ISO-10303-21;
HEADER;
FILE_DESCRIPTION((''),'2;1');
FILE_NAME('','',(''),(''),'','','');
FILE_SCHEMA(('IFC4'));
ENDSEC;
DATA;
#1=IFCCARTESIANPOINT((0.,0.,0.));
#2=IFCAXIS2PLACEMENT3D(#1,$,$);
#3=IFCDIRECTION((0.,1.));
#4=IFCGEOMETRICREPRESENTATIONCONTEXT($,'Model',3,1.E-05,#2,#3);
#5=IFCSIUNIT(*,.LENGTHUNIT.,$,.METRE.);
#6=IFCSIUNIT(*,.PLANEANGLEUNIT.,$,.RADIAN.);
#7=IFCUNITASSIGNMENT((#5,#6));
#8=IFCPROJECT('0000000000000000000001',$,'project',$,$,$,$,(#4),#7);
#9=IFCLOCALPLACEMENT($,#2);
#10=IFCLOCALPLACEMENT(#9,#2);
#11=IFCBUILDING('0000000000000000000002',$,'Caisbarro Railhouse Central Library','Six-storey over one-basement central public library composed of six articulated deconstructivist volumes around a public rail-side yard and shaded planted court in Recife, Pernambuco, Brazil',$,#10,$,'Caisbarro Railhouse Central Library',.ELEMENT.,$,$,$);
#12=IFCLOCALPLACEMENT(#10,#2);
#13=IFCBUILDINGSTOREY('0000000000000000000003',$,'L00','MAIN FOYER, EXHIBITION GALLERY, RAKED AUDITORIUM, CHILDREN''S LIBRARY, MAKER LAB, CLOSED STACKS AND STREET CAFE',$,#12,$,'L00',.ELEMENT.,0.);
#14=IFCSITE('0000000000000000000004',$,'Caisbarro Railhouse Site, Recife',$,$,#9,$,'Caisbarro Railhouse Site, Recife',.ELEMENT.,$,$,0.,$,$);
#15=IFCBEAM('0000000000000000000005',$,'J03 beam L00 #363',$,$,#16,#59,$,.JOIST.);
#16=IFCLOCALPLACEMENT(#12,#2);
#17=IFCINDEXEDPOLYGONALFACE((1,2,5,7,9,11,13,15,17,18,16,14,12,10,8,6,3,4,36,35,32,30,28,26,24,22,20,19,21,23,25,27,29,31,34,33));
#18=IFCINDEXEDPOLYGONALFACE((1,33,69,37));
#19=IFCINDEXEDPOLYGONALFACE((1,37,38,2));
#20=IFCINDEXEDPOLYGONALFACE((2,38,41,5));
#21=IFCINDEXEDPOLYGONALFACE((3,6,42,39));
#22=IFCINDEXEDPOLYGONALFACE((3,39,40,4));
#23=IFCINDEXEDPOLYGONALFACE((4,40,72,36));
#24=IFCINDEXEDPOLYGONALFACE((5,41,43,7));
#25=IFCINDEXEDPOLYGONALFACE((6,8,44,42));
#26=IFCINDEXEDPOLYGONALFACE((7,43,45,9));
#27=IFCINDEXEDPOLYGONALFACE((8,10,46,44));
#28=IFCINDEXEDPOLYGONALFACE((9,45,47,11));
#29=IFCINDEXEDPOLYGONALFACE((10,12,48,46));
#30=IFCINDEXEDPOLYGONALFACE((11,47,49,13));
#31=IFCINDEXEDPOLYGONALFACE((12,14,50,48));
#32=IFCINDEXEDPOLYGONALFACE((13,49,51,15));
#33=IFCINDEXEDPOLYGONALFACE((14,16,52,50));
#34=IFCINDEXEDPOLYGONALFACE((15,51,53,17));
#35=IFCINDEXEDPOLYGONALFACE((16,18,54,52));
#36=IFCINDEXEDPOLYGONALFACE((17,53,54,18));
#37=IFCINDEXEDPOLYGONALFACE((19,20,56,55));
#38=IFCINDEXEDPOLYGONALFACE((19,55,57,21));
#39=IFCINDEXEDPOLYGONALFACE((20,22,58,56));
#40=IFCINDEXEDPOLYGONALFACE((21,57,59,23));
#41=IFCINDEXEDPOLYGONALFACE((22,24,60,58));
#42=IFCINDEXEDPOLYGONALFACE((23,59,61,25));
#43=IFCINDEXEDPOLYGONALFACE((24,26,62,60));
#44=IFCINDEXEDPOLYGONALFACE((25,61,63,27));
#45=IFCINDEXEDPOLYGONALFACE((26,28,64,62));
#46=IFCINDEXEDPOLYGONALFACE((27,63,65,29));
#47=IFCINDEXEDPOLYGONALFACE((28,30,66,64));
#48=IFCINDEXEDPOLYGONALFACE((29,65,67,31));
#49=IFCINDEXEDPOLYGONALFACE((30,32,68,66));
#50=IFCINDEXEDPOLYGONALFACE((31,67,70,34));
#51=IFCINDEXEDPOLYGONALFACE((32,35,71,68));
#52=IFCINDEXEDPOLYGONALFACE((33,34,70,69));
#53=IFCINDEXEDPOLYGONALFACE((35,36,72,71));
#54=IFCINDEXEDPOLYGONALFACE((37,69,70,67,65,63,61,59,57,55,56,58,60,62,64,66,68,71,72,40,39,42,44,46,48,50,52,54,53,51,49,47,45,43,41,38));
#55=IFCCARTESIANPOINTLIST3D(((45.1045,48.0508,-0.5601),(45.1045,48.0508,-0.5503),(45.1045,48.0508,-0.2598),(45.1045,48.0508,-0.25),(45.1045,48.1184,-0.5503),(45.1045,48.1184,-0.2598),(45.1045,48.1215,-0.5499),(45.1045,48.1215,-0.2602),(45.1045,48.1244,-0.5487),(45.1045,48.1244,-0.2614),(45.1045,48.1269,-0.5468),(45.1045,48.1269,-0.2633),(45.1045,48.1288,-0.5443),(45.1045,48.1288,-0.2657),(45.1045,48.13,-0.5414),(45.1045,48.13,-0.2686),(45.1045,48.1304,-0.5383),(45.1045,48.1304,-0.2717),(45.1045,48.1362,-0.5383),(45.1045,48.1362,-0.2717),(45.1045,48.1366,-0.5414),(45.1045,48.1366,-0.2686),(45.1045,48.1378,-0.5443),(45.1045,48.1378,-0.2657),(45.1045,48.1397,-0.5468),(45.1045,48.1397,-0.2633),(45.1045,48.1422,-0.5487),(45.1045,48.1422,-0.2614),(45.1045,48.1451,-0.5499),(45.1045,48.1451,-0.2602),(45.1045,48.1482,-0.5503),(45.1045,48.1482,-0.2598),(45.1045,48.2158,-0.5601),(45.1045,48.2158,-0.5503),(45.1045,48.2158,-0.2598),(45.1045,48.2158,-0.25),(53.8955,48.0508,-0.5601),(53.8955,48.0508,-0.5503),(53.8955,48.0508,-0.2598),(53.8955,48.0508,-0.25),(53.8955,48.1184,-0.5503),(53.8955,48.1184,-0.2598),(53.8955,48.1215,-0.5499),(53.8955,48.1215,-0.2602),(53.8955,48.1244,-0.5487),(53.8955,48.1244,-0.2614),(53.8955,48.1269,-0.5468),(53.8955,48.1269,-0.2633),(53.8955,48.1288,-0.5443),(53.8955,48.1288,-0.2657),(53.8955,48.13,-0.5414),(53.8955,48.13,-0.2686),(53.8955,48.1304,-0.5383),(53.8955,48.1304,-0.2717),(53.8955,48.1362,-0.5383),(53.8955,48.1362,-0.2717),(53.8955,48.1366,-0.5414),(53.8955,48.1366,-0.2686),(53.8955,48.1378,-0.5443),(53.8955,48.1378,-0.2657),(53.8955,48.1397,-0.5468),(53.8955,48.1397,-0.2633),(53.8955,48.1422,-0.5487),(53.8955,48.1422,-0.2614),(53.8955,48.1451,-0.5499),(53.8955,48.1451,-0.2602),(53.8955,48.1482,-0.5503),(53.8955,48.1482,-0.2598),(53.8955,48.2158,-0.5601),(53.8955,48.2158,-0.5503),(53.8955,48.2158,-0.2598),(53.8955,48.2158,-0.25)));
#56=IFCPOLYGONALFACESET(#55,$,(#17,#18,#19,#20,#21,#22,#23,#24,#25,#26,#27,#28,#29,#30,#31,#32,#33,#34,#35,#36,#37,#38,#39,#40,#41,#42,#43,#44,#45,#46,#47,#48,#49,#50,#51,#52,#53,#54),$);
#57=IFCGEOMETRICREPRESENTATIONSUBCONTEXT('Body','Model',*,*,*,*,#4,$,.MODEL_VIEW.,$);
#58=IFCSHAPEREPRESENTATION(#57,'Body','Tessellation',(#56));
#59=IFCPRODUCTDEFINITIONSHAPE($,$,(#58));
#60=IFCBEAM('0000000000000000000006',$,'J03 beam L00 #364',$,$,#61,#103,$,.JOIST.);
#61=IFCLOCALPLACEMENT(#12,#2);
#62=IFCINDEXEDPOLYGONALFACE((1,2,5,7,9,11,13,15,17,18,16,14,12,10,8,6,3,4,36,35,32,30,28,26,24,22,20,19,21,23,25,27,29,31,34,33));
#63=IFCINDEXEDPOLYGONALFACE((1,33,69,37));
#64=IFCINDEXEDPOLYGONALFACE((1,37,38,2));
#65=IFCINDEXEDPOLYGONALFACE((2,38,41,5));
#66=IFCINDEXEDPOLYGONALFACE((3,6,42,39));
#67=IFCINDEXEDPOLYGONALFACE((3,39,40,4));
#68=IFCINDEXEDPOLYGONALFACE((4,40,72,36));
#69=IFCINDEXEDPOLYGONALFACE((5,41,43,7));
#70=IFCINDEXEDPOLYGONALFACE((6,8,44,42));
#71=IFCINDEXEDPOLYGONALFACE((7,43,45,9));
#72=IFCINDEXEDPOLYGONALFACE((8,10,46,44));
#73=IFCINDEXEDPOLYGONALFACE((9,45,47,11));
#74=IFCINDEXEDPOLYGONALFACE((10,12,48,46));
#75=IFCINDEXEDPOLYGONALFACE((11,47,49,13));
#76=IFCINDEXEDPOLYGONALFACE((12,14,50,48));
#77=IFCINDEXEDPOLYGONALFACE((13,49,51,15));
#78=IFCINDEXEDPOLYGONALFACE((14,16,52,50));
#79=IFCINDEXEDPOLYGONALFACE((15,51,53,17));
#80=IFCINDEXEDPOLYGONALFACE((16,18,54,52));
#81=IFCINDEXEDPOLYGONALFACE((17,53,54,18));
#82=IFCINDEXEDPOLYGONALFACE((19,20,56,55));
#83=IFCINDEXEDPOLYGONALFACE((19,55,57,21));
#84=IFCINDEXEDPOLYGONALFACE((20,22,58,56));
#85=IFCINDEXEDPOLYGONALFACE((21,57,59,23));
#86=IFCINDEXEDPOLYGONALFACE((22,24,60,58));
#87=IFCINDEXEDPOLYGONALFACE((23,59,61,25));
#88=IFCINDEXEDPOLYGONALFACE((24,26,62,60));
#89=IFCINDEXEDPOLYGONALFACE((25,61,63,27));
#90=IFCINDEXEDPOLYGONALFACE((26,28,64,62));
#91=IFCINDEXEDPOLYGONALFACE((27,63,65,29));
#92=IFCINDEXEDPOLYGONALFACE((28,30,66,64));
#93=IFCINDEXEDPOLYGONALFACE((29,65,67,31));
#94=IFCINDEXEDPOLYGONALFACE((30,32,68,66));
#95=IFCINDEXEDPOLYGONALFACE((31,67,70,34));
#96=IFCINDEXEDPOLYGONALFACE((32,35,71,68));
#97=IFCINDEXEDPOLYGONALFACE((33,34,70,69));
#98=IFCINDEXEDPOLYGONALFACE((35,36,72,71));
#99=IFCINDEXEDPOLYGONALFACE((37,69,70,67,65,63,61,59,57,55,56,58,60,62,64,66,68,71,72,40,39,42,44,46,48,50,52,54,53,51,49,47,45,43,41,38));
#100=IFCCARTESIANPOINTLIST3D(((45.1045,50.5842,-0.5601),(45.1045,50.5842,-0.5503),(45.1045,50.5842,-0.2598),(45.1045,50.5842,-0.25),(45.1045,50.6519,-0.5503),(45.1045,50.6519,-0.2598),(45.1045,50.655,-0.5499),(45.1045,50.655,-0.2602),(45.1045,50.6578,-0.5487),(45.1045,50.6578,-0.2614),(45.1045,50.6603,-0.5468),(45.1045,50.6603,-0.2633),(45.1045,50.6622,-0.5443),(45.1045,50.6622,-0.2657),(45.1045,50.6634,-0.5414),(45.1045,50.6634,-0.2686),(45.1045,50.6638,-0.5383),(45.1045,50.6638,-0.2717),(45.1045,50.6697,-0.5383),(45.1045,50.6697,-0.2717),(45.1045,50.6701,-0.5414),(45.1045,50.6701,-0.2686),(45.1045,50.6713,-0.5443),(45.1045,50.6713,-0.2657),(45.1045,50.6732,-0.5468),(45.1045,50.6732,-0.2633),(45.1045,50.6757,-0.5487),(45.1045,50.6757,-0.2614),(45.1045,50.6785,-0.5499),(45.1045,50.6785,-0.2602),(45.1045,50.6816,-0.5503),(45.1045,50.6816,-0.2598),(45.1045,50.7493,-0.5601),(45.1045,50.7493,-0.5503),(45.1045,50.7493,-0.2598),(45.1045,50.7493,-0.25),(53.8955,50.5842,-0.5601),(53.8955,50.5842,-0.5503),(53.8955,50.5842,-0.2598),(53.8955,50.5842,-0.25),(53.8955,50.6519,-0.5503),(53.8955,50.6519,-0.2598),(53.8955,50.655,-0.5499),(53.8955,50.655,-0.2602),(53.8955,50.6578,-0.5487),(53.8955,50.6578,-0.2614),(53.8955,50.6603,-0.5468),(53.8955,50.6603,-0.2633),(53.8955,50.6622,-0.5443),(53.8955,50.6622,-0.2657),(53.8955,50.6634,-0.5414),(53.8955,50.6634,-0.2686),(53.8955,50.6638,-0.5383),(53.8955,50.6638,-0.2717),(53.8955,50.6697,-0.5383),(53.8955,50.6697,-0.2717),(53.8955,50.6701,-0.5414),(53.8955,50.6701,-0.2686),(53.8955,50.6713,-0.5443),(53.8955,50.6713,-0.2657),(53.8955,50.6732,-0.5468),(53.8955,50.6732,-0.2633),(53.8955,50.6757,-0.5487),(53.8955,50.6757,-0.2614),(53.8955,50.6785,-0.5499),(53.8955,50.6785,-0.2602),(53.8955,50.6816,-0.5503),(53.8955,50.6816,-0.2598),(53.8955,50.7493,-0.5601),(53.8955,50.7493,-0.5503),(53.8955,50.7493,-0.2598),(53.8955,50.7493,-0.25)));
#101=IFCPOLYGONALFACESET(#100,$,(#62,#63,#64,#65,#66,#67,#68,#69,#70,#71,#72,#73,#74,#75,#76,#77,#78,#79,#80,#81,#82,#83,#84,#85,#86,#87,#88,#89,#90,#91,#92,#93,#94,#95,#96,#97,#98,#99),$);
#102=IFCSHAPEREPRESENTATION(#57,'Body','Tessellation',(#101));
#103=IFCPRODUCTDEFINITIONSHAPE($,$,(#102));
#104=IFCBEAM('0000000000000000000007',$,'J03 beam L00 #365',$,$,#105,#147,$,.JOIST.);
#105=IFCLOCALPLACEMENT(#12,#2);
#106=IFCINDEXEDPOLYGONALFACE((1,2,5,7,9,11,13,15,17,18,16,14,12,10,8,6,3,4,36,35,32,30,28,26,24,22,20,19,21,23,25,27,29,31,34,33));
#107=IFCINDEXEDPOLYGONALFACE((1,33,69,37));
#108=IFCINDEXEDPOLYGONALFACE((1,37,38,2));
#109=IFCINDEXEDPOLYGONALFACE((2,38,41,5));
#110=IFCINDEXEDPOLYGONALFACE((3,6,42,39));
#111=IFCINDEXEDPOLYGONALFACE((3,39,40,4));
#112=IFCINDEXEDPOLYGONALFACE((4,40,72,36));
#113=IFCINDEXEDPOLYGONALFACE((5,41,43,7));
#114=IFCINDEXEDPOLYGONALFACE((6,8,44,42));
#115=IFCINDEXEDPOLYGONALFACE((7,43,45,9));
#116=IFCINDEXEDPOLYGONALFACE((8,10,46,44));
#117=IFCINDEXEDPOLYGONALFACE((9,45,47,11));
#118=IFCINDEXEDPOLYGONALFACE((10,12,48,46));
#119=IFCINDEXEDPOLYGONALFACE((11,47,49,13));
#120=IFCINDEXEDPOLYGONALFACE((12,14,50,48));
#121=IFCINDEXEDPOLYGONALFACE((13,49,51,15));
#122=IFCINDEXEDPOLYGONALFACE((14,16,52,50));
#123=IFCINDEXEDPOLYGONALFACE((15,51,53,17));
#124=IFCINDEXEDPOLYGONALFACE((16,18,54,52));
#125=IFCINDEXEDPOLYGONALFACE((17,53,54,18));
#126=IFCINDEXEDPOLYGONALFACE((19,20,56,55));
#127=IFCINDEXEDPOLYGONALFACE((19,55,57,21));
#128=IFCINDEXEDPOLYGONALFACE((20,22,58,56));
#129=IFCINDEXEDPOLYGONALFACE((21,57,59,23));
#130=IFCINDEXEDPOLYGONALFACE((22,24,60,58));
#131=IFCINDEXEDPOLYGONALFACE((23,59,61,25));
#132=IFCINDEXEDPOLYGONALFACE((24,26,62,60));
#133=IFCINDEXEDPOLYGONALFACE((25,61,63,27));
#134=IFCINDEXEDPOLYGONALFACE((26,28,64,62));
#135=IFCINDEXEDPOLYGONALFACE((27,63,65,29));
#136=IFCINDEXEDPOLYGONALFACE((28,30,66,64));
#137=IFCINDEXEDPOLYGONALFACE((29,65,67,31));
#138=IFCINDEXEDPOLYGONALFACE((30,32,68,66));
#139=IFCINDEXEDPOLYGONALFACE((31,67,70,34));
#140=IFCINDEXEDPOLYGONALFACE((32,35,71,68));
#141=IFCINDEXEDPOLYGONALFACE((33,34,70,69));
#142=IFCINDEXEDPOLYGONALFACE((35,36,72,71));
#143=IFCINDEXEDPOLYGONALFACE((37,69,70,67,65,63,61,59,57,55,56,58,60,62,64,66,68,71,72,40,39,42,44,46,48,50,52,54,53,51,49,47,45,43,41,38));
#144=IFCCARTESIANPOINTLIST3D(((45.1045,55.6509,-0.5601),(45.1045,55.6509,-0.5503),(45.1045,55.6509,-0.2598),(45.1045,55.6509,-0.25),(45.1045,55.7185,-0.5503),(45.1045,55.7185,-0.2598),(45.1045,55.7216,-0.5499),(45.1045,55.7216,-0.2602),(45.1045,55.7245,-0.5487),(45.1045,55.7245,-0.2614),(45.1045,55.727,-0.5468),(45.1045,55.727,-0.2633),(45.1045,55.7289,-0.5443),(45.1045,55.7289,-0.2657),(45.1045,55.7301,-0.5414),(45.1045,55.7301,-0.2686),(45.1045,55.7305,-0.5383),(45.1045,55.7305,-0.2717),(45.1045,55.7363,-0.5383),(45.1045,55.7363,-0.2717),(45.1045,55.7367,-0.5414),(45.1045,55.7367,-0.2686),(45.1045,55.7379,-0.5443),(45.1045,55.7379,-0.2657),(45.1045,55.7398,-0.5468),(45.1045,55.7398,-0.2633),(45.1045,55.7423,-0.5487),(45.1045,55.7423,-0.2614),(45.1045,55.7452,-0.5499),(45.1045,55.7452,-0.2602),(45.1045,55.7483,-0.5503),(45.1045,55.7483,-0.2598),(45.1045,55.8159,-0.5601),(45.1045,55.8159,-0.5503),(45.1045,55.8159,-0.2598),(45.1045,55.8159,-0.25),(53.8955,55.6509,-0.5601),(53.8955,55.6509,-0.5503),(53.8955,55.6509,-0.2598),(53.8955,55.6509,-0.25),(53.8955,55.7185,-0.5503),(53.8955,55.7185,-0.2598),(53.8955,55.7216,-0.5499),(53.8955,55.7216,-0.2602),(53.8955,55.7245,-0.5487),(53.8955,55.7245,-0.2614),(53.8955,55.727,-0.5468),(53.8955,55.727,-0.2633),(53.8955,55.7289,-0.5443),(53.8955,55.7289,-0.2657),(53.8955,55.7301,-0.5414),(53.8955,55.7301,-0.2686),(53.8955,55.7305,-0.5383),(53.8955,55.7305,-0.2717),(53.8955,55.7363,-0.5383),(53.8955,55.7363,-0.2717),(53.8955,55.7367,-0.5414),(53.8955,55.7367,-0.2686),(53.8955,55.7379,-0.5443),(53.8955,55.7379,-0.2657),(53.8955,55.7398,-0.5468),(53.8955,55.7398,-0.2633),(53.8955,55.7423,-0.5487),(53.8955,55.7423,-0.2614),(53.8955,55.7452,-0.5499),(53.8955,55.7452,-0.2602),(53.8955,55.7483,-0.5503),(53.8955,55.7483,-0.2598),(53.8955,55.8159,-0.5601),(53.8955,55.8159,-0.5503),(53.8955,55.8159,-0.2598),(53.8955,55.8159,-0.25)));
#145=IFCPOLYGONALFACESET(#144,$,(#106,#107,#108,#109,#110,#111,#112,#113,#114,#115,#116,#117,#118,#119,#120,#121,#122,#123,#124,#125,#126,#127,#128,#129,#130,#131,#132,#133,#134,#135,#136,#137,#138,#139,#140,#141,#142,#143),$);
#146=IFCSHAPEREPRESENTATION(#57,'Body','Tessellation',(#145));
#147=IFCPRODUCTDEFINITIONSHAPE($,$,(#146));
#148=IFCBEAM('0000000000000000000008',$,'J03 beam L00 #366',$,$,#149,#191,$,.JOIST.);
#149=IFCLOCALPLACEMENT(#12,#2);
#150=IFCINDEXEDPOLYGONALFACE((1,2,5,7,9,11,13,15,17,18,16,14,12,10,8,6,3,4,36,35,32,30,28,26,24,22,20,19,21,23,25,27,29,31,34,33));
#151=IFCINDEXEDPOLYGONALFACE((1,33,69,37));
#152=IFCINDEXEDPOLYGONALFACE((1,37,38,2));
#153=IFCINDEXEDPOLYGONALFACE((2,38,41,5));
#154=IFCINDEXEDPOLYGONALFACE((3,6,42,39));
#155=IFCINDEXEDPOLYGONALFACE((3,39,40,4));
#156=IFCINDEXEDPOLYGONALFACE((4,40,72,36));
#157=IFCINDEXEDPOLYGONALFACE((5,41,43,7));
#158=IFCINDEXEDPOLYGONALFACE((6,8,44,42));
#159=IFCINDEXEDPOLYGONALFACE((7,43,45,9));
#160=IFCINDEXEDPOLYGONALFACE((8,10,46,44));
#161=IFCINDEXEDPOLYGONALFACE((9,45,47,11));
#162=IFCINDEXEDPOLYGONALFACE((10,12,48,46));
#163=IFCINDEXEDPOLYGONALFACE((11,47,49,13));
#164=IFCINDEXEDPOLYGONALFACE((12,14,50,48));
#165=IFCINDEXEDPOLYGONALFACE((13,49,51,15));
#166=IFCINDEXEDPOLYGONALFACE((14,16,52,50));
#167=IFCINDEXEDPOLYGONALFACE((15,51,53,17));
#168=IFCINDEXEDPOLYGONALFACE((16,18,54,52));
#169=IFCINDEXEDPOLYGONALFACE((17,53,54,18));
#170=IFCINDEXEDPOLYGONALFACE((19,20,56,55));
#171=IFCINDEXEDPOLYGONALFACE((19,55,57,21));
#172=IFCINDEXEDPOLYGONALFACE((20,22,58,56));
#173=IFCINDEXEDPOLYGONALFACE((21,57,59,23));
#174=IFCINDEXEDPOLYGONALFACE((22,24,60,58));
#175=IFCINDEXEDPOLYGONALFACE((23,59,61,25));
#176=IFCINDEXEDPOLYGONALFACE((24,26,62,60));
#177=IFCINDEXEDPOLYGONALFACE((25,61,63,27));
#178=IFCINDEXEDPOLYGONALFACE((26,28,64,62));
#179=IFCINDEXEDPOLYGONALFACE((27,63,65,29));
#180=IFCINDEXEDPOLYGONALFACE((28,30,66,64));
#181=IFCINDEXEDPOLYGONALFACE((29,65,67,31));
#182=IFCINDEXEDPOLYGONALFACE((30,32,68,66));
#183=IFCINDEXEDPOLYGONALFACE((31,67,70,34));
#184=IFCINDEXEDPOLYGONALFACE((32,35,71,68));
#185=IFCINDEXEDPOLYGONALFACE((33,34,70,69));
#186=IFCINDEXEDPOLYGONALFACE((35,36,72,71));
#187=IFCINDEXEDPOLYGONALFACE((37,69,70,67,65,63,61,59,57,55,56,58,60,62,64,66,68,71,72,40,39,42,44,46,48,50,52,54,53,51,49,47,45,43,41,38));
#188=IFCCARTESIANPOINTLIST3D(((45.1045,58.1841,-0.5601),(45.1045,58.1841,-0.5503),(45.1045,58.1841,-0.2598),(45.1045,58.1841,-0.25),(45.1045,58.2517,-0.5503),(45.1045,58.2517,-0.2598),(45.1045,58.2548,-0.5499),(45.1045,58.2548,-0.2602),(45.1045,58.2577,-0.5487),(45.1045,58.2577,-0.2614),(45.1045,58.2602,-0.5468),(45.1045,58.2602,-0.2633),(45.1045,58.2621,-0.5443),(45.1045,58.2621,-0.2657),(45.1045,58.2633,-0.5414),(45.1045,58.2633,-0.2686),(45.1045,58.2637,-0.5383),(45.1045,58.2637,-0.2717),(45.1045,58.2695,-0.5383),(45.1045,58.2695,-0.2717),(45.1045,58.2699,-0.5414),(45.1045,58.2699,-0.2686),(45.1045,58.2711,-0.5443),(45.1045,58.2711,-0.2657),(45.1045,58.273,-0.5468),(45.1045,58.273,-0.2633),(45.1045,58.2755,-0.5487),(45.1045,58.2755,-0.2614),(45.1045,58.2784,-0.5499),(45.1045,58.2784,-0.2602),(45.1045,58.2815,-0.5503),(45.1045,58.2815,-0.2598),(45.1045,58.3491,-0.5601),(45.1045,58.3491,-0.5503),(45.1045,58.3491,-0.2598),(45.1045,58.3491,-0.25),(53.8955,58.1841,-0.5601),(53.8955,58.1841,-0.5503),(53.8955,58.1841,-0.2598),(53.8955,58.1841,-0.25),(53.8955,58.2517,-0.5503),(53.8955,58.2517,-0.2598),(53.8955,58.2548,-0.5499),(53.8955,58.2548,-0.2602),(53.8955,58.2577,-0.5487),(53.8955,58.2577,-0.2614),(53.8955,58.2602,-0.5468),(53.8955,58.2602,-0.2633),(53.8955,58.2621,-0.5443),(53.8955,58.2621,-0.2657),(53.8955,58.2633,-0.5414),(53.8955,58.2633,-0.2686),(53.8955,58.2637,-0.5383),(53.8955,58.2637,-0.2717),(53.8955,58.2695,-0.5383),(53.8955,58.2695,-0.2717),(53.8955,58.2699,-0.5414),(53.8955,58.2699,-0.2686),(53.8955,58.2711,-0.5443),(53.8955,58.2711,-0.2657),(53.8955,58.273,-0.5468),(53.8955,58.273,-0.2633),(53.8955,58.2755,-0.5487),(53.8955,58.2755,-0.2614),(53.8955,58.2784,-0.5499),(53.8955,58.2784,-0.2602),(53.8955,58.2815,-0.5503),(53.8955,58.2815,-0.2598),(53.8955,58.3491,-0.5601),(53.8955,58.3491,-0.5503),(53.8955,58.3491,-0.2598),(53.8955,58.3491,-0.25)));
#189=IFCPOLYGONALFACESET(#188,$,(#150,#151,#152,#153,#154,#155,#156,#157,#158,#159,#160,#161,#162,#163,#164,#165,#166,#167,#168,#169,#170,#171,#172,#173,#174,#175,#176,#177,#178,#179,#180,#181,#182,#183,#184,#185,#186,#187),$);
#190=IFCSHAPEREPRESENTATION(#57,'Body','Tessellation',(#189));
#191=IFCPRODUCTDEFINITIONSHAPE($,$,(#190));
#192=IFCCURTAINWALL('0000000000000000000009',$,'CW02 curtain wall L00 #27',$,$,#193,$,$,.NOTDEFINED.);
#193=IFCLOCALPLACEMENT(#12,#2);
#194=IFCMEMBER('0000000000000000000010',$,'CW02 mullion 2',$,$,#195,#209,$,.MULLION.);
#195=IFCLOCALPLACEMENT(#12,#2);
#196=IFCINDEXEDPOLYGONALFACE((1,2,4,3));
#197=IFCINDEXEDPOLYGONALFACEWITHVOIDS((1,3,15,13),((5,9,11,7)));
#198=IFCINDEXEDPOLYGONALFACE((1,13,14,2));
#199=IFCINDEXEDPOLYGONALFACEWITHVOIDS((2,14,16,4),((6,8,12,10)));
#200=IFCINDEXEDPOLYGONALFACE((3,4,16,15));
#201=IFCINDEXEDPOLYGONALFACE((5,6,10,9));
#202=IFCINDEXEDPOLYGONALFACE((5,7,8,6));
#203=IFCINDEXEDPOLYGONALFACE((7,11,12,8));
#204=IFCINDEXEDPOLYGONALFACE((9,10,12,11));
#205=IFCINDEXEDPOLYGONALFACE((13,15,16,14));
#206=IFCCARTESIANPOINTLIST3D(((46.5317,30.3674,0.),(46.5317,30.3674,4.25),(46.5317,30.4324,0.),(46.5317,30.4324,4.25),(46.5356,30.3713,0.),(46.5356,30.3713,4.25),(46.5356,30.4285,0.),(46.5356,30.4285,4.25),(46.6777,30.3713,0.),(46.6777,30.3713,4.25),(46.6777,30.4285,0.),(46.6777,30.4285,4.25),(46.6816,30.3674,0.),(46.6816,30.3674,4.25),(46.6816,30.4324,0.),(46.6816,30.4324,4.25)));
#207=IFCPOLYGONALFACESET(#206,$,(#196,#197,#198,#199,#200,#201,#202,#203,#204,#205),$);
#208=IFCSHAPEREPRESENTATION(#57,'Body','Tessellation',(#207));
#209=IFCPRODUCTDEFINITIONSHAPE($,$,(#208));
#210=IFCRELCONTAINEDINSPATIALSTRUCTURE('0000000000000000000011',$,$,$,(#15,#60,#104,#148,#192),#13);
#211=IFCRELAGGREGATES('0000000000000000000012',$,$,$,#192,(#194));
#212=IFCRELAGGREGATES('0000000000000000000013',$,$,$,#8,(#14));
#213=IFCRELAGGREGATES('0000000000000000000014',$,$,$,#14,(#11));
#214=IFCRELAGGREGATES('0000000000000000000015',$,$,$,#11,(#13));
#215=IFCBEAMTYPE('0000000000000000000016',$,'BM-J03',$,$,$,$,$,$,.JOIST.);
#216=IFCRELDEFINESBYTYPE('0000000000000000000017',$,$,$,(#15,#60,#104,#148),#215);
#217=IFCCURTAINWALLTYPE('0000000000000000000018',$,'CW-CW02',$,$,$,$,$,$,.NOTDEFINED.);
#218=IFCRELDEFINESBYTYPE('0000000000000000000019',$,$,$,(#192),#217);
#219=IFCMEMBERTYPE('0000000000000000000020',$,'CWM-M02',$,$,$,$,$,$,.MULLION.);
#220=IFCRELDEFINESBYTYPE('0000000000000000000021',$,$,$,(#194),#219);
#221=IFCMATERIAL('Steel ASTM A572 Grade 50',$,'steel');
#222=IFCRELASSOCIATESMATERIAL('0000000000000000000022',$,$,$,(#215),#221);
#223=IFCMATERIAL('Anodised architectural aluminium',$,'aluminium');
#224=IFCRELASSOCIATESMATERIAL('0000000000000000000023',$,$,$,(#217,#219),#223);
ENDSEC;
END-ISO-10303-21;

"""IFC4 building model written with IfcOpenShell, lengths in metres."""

from ifc_helpers import new_model, si_unit, direction, frame, origin, origin_2d, place, context, subcontext, project, spatial, hollow_rectangle, i_section, extrude, material, material_profile, profile_set, type_object, element, aggregate, save


model = new_model("IFC4")

# Units and contexts
model_context = context("Model", 3, precision=1e-05, world=origin(), true_north=direction((0.0, 1.0)))
body_context = subcontext(model_context, "Body", "Model", "MODEL_VIEW")
ifc_project = project(units=[si_unit("LENGTHUNIT", "METRE"), si_unit("PLANEANGLEUNIT", "RADIAN")], contexts=[model_context])

# Site, building, storey
site_placement = place(None, origin())
site = spatial("IfcSite", under=ifc_project, at=site_placement, Name="Caisbarro Railhouse Site, Recife", LongName="Caisbarro Railhouse Site, Recife", CompositionType="ELEMENT", RefElevation=0.0)
building_placement = place(site_placement, origin())
building = spatial("IfcBuilding", under=site, at=building_placement, Name="Caisbarro Railhouse Central Library", Description="Six-storey over one-basement central public library composed of six articulated deconstructivist volumes around a public rail-side yard and shaded planted court in Recife, Pernambuco, Brazil", LongName="Caisbarro Railhouse Central Library", CompositionType="ELEMENT")
storey_placement = place(building_placement, origin())
storey = spatial("IfcBuildingStorey", under=building, at=storey_placement, Name="L00", Description="MAIN FOYER, EXHIBITION GALLERY, RAKED AUDITORIUM, CHILDREN'S LIBRARY, MAKER LAB, CLOSED STACKS AND STREET CAFE", LongName="L00", CompositionType="ELEMENT", Elevation=0.0)

# Shared definitions
ifc_material_1 = material(Name="Steel ASTM A572 Grade 50", Category="steel")

# Beams
ifc_material_profile_1 = material_profile(ifc_material_1, i_section(OverallWidth=0.165, OverallDepth=0.3101, WebThickness=0.0059, FlangeThickness=0.0098, FilletRadius=0.012, at=origin_2d()), Name="W310X38.7")
ifc_profile_set_1 = profile_set([ifc_material_profile_1], Name="Steel ASTM A572 Grade 50")
beam_type_1 = type_object("IfcBeamType", Name="BM-J03", PredefinedType="JOIST", material=ifc_profile_set_1)
for number, where, z_axis, x_axis, name in (
    (1, (45.1045, 48.1333, -0.405), (1.0, 0.0, 0.0), (0.0, 1.0, 0.0), "J03 beam L00 #363"),
    (2, (45.1045, 50.6667, -0.405), (1.0, 0.0, 0.0), (0.0, 1.0, 0.0), "J03 beam L00 #364"),
    (3, (45.1045, 55.7334, -0.405), (1.0, 0.0, 0.0), (0.0, 1.0, 0.0), "J03 beam L00 #365"),
    (4, (45.1045, 58.2666, -0.405), (1.0, 0.0, 0.0), (0.0, 1.0, 0.0), "J03 beam L00 #366"),
):
    element("IfcBeam", number, at=place(storey_placement, frame(where, z_axis=z_axis, x_axis=x_axis)), inside=storey, type_object=beam_type_1, Name=name, PredefinedType="JOIST", context=body_context, shape_type="SweptSolid", body=[
        extrude(i_section(OverallWidth=0.165, OverallDepth=0.3101, WebThickness=0.0059, FlangeThickness=0.0098, FilletRadius=0.012, at=origin_2d()), origin(), (0.0, 0.0, 1.0), 8.791),
    ])

# Curtain wall, member
ifc_material_2 = material(Name="Anodised architectural aluminium", Category="aluminium")
curtain_wall_type = type_object("IfcCurtainWallType", Name="CW-CW02", PredefinedType="NOTDEFINED", material=ifc_material_2)
curtain_wall_placement = place(storey_placement, origin())
curtain_wall = element("IfcCurtainWall", 5, at=curtain_wall_placement, inside=storey, type_object=curtain_wall_type, Name="CW02 curtain wall L00 #27", PredefinedType="NOTDEFINED")
ifc_material_profile_2 = material_profile(ifc_material_2, hollow_rectangle(XDim=0.0649, YDim=0.1499, WallThickness=0.0039, at=origin_2d()), Name="ALU-MUL-65X150")
ifc_profile_set_2 = profile_set([ifc_material_profile_2], Name="Anodised architectural aluminium")
member_type_1 = type_object("IfcMemberType", Name="CWM-M02", PredefinedType="MULLION", material=ifc_profile_set_2)
member_1_placement = place(storey_placement, frame((46.6067, 30.3999, 0.0), z_axis=(0.0, 0.0, 1.0), x_axis=(0.0, 1.0, 0.0)))
member_1 = element("IfcMember", 6, at=member_1_placement, type_object=member_type_1, Name="CW02 mullion 2", PredefinedType="MULLION", context=body_context, shape_type="SweptSolid", body=[
    extrude(hollow_rectangle(XDim=0.0649, YDim=0.1499, WallThickness=0.0039, at=origin_2d()), origin(), (0.0, 0.0, 1.0), 4.25),
])
aggregate(curtain_wall, [member_1])

save(model, "model.ifc")
